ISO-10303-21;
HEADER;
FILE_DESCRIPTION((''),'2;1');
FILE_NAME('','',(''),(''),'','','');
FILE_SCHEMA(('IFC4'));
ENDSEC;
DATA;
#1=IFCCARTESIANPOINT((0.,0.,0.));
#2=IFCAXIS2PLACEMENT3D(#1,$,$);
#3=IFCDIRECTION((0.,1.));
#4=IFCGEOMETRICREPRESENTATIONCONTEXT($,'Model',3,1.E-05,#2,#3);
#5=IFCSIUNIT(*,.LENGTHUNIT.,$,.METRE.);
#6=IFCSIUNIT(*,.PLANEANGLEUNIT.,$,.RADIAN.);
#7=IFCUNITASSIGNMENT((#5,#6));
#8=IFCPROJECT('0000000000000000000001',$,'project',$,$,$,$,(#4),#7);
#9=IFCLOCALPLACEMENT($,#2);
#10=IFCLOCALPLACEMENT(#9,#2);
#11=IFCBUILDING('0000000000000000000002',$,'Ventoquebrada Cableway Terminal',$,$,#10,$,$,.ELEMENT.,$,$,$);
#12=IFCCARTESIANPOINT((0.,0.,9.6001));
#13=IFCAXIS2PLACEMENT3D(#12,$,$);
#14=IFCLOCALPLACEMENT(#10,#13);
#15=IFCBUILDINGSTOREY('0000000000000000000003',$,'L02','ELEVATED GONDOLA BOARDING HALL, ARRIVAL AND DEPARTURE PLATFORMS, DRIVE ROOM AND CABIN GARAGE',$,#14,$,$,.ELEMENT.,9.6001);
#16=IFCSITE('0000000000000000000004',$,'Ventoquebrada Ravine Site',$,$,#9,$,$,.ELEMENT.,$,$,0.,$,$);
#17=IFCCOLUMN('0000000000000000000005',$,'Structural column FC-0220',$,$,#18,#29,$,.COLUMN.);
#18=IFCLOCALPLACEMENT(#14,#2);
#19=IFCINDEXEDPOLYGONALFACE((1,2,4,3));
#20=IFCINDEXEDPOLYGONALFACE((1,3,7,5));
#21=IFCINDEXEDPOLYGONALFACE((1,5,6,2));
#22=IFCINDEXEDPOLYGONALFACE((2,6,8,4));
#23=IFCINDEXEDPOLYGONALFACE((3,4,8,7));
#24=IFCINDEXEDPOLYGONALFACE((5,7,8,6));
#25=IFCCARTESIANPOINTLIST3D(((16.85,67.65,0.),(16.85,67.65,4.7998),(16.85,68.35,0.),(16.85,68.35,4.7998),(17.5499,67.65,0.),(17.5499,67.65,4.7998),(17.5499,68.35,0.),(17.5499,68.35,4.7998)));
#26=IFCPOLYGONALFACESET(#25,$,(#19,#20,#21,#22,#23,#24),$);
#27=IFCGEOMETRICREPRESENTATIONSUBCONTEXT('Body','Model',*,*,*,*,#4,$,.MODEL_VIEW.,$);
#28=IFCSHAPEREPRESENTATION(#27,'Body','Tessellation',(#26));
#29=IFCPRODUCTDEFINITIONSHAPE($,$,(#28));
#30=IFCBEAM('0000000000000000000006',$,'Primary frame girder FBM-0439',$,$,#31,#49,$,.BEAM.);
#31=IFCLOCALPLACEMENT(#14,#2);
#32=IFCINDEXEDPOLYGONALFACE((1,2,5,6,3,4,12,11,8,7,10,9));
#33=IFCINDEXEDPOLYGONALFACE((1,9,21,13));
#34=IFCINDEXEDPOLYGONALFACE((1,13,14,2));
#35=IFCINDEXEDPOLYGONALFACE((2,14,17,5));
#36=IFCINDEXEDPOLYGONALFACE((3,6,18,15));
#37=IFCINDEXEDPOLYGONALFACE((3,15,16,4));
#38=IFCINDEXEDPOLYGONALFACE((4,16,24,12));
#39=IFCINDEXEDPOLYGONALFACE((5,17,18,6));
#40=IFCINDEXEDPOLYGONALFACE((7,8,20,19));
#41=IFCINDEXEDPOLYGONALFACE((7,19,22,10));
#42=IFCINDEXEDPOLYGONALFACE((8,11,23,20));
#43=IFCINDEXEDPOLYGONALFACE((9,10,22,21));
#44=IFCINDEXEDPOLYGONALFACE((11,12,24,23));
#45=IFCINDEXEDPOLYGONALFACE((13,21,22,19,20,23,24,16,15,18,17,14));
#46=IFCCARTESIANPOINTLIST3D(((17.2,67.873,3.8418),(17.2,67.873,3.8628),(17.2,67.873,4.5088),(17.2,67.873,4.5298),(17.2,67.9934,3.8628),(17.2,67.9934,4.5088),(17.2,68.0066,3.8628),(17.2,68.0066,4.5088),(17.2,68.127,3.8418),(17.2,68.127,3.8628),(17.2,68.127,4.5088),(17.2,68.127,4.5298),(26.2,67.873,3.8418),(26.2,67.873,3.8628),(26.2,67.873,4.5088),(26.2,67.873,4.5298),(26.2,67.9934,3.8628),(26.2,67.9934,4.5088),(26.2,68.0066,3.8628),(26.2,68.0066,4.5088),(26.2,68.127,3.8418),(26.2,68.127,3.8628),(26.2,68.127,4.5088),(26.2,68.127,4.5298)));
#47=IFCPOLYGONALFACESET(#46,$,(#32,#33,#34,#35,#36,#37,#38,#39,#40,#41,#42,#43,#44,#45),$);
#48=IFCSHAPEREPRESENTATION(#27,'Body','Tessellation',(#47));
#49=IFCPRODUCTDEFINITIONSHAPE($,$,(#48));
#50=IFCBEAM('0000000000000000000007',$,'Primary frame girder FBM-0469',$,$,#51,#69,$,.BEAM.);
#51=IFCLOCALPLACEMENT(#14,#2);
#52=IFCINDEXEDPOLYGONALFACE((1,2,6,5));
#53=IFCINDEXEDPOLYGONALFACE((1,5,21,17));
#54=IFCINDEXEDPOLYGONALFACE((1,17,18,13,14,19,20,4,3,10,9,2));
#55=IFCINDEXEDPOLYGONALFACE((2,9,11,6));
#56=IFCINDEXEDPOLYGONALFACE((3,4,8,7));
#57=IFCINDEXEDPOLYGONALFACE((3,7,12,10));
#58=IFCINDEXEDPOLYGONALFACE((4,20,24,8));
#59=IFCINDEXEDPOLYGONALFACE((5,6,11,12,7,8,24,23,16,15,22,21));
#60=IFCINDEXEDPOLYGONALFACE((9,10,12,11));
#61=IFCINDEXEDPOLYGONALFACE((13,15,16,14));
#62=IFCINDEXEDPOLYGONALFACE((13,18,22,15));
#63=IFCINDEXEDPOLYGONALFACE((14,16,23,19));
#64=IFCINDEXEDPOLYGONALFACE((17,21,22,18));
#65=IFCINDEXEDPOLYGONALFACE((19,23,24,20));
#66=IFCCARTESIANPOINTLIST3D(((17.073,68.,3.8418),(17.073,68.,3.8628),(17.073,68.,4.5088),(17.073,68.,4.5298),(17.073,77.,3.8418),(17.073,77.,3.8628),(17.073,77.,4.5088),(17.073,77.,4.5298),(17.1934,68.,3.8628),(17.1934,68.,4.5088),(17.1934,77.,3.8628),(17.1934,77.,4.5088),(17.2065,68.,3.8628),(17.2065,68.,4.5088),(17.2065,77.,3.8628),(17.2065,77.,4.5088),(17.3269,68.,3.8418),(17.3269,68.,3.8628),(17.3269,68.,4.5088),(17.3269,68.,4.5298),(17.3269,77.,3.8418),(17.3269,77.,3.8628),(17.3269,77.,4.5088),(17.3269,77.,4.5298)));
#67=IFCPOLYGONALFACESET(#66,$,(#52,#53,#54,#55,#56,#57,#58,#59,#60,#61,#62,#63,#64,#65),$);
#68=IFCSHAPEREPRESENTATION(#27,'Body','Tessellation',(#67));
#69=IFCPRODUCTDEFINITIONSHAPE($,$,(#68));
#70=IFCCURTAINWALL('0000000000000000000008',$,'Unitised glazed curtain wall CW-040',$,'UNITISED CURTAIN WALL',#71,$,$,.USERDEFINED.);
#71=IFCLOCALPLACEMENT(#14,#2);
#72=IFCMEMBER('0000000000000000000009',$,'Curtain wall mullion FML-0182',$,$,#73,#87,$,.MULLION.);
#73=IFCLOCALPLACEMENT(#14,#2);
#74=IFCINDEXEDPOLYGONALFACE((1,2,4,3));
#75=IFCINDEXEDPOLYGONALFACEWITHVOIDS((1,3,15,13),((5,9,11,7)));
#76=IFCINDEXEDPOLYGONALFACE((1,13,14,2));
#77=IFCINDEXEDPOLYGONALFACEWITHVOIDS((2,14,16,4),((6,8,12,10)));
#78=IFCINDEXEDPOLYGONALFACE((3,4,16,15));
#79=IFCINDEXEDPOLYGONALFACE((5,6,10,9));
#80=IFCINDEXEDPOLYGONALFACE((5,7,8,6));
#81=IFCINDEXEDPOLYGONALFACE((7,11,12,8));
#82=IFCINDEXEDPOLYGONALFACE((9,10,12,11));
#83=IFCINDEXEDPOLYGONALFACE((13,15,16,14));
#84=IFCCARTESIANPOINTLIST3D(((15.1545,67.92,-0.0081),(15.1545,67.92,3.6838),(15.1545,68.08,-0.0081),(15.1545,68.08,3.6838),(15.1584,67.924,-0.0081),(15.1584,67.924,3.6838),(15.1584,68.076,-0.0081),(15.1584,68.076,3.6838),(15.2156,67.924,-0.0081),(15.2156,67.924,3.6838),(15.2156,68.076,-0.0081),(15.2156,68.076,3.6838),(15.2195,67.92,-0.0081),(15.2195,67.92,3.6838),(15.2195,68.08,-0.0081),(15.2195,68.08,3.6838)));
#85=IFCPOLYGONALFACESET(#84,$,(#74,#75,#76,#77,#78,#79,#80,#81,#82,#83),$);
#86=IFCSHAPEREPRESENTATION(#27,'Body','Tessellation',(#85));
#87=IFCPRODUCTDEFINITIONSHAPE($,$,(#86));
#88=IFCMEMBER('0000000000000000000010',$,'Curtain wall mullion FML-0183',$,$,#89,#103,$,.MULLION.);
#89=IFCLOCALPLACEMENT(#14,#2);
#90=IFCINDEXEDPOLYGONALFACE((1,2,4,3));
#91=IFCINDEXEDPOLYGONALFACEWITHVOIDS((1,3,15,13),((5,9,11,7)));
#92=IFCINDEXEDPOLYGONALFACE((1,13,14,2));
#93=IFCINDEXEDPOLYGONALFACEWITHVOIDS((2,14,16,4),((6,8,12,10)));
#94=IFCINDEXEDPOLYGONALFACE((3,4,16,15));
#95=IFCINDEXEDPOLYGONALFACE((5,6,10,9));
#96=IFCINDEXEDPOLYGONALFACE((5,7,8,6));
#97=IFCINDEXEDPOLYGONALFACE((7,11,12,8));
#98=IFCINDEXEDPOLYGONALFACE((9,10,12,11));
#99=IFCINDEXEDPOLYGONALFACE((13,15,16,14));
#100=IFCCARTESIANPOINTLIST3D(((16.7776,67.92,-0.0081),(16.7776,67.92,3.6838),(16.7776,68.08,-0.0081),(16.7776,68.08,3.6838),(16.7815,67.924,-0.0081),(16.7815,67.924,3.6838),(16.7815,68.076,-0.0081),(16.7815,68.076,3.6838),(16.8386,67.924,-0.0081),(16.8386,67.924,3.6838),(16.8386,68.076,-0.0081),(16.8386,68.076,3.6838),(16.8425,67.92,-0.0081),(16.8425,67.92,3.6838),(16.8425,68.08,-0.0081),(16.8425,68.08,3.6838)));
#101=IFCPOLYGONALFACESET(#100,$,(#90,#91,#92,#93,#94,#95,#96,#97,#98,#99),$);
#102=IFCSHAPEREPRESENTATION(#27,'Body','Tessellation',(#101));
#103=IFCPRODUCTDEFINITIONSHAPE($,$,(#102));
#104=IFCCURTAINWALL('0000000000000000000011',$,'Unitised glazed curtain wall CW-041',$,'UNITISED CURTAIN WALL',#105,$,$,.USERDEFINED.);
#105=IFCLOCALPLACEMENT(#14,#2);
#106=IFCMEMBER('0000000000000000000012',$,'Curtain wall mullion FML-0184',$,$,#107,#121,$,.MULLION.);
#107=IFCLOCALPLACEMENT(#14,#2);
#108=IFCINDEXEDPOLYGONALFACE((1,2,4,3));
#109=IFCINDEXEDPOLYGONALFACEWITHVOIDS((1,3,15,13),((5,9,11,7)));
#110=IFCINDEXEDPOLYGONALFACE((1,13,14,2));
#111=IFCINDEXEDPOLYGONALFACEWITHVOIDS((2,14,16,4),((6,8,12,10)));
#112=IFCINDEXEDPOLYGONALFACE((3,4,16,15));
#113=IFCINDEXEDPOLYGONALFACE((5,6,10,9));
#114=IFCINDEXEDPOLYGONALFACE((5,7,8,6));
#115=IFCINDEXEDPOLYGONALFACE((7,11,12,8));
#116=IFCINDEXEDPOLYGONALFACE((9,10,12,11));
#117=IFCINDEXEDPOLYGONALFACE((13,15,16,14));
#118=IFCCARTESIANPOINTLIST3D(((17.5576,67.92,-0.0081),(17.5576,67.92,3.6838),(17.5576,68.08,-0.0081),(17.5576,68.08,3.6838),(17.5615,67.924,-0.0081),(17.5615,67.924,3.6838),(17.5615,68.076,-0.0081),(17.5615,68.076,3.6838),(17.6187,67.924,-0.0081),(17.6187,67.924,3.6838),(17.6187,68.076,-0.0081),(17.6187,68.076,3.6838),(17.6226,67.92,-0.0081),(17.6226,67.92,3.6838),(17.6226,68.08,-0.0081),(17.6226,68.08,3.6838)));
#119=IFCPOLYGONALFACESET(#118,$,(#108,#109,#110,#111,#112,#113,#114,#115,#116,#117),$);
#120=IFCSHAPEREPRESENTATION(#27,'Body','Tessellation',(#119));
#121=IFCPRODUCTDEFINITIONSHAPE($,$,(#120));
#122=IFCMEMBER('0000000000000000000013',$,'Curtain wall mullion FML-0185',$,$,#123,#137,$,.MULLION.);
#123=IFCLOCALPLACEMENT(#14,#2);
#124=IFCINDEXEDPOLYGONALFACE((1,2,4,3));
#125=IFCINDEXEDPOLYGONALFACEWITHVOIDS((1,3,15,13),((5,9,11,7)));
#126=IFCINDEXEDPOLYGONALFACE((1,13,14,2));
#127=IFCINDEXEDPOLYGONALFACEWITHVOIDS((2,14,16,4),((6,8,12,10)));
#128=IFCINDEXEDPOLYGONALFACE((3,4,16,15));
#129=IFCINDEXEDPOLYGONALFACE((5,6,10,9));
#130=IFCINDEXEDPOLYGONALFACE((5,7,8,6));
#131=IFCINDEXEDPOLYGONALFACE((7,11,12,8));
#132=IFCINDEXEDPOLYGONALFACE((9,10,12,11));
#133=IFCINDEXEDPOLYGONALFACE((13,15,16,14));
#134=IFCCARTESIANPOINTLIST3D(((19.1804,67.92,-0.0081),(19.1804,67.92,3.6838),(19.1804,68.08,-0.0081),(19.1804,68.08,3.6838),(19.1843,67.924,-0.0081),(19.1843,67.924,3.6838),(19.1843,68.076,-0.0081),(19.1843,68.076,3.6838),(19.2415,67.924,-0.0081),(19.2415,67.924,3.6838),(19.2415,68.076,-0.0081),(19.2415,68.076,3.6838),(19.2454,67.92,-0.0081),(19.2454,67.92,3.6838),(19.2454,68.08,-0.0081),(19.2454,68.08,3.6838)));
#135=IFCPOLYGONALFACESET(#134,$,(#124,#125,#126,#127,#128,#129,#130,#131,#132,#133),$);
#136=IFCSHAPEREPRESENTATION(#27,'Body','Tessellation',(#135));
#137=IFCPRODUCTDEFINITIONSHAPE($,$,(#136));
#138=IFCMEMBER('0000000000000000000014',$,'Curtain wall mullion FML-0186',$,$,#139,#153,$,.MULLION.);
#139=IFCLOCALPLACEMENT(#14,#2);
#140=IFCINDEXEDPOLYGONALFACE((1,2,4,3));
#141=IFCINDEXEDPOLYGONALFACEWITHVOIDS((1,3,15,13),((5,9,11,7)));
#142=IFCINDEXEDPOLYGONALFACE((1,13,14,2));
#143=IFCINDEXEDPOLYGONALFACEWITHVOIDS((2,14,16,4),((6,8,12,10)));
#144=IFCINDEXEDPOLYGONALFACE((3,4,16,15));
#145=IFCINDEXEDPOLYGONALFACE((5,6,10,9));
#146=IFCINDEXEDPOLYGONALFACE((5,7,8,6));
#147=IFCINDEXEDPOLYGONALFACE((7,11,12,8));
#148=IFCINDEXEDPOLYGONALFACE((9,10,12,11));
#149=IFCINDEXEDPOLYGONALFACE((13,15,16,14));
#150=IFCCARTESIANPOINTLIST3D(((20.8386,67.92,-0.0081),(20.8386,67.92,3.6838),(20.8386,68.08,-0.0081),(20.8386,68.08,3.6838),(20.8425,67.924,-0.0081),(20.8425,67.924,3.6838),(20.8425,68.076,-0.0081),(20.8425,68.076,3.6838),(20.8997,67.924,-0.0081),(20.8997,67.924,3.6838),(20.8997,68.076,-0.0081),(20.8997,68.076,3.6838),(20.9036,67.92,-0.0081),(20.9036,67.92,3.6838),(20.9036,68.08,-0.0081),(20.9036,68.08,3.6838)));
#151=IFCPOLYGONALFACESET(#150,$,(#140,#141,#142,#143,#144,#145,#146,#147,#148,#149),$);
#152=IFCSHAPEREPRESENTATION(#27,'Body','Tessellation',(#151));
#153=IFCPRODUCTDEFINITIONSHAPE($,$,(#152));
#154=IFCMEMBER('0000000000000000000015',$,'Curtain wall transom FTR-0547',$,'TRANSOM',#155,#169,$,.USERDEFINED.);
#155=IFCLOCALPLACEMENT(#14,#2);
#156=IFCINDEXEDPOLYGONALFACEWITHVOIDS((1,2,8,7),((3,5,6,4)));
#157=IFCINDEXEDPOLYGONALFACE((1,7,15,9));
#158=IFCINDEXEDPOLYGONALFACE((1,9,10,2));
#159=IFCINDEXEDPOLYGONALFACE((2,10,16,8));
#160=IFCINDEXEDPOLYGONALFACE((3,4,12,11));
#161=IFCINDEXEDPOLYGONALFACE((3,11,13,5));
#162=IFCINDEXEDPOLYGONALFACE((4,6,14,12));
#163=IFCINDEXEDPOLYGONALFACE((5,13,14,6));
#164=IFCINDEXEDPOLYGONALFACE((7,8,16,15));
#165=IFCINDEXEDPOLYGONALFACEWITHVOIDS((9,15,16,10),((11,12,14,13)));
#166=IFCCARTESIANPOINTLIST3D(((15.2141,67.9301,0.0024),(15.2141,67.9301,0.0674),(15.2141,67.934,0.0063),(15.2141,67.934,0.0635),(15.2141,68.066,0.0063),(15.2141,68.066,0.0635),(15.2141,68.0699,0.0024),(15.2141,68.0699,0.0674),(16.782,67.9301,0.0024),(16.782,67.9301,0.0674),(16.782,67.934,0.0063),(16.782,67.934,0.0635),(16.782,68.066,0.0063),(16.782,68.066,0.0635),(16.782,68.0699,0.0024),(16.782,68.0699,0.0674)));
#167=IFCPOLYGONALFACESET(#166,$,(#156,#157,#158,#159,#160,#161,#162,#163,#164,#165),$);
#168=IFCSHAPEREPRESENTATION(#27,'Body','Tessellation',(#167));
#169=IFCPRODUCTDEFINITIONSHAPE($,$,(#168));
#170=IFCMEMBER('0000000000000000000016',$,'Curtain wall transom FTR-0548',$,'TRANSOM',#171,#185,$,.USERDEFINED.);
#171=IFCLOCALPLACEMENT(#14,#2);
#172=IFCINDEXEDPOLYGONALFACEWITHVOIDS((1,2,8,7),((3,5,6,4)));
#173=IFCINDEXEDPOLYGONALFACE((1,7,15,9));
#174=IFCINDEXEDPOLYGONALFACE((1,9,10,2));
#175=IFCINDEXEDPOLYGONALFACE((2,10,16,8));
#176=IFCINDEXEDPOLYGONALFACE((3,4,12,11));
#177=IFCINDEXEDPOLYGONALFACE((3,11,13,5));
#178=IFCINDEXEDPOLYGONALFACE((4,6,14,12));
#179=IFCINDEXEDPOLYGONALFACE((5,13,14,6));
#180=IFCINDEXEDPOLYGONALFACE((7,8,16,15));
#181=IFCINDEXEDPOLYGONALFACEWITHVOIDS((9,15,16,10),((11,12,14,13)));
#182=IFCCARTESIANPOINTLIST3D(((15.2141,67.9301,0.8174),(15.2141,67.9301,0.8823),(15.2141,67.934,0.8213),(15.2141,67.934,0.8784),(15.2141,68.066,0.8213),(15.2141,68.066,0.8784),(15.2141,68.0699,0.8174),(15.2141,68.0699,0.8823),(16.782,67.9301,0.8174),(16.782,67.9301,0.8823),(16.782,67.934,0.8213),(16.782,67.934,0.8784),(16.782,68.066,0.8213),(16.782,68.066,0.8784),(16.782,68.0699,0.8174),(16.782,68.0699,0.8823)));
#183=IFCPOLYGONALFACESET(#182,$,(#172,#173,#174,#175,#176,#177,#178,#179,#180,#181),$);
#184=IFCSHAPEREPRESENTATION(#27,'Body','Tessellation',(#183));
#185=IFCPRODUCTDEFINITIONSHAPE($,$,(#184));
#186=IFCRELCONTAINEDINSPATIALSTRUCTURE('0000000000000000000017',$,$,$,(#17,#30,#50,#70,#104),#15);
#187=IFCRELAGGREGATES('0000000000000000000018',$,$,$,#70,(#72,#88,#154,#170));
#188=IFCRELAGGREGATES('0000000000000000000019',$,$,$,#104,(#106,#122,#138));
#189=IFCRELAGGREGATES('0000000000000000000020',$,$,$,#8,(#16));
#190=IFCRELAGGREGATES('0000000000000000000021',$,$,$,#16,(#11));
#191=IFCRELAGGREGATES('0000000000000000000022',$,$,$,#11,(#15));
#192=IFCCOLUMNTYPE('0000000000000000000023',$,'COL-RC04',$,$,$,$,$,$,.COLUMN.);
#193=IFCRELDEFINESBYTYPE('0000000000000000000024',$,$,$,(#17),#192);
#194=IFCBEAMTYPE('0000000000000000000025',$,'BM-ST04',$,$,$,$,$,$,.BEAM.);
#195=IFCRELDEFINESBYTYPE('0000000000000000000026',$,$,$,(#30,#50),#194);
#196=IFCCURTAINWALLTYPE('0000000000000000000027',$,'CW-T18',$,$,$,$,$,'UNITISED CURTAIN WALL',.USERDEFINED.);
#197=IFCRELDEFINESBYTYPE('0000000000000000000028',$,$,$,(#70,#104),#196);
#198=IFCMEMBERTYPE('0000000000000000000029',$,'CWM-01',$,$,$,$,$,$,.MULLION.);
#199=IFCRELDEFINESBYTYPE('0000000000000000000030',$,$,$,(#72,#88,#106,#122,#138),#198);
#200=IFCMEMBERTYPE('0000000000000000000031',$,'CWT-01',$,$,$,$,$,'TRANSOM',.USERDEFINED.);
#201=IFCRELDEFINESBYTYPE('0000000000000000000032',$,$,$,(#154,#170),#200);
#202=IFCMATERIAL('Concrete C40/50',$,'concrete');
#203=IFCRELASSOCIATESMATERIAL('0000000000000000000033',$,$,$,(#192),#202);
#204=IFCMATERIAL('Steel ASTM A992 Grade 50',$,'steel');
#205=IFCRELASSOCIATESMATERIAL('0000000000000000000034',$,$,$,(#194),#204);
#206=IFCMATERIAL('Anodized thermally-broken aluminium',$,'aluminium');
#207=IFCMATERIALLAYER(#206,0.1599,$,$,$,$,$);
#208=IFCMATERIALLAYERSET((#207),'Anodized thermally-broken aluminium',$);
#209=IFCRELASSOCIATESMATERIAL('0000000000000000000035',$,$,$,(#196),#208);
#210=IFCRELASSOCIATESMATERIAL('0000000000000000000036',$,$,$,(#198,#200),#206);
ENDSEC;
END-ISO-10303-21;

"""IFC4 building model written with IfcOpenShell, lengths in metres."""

from ifc_helpers import new_model, si_unit, direction, frame, origin, origin_2d, place, context, subcontext, project, spatial, rectangle, hollow_rectangle, i_section, extrude, material, layer, layer_set, material_profile, profile_set, type_object, element, aggregate, save


model = new_model("IFC4")

# Units and contexts
model_context = context("Model", 3, precision=1e-05, world=origin(), true_north=direction((0.0, 1.0)))
body_context = subcontext(model_context, "Body", "Model", "MODEL_VIEW")
ifc_project = project(units=[si_unit("LENGTHUNIT", "METRE"), si_unit("PLANEANGLEUNIT", "RADIAN")], contexts=[model_context])

# Site, building, storey
site_placement = place(None, origin())
site = spatial("IfcSite", under=ifc_project, at=site_placement, Name="Ventoquebrada Ravine Site", CompositionType="ELEMENT", RefElevation=0.0)
building_placement = place(site_placement, origin())
building = spatial("IfcBuilding", under=site, at=building_placement, Name="Ventoquebrada Cableway Terminal", CompositionType="ELEMENT")
storey_placement = place(building_placement, frame((0.0, 0.0, 9.6001)))
storey = spatial("IfcBuildingStorey", under=building, at=storey_placement, Name="L02", Description="ELEVATED GONDOLA BOARDING HALL, ARRIVAL AND DEPARTURE PLATFORMS, DRIVE ROOM AND CABIN GARAGE", CompositionType="ELEMENT", Elevation=9.6001)

# Column
ifc_material_1 = material(Name="Concrete C40/50", Category="concrete")
ifc_material_profile_1 = material_profile(ifc_material_1, rectangle(XDim=0.7, YDim=0.7, at=origin_2d()), Name="RC-COL-700X700")
ifc_profile_set_1 = profile_set([ifc_material_profile_1], Name="Concrete C40/50")
column_type = type_object("IfcColumnType", Name="COL-RC04", PredefinedType="COLUMN", material=ifc_profile_set_1)
column_placement = place(storey_placement, frame((17.2, 68.0, 0.0), z_axis=(0.0, 0.0, 1.0), x_axis=(1.0, 0.0, 0.0)))
element("IfcColumn", 1, at=column_placement, inside=storey, type_object=column_type, Name="Structural column FC-0220", PredefinedType="COLUMN", context=body_context, shape_type="SweptSolid", body=[
    extrude(rectangle(XDim=0.7, YDim=0.7, at=origin_2d()), origin(), (0.0, 0.0, 1.0), 4.7998),
])

# Beams
ifc_material_2 = material(Name="Steel ASTM A992 Grade 50", Category="steel")
ifc_material_profile_2 = material_profile(ifc_material_2, i_section(OverallWidth=0.2539, OverallDepth=0.688, WebThickness=0.0132, FlangeThickness=0.021, at=origin_2d()), Name="W27X102")
ifc_profile_set_2 = profile_set([ifc_material_profile_2], Name="Steel ASTM A992 Grade 50")
beam_type = type_object("IfcBeamType", Name="BM-ST04", PredefinedType="BEAM", material=ifc_profile_set_2)
for number, where, z_axis, x_axis, name in (
    (2, (17.2, 68.0, 4.1858), (1.0, 0.0, 0.0), (0.0, 1.0, 0.0), "Primary frame girder FBM-0439"),
    (3, (17.2, 68.0, 4.1858), (0.0, 1.0, 0.0), (-1.0, 0.0, 0.0), "Primary frame girder FBM-0469"),
):
    element("IfcBeam", number, at=place(storey_placement, frame(where, z_axis=z_axis, x_axis=x_axis)), inside=storey, type_object=beam_type, Name=name, PredefinedType="BEAM", context=body_context, shape_type="SweptSolid", body=[
        extrude(i_section(OverallWidth=0.2539, OverallDepth=0.688, WebThickness=0.0132, FlangeThickness=0.021, at=origin_2d()), origin(), (0.0, 0.0, 1.0), 9.0),
    ])

# Curtain walls, members
ifc_material_3 = material(Name="Anodized thermally-broken aluminium", Category="aluminium")
ifc_layer_1 = layer(ifc_material_3, 0.1599)
ifc_layer_set_1 = layer_set([ifc_layer_1], Name="Anodized thermally-broken aluminium")
curtain_wall_type = type_object("IfcCurtainWallType", Name="CW-T18", ElementType="UNITISED CURTAIN WALL", PredefinedType="USERDEFINED", material=ifc_layer_set_1)
curtain_wall_1_placement = place(storey_placement, origin())
curtain_wall_1 = element("IfcCurtainWall", 4, at=curtain_wall_1_placement, inside=storey, type_object=curtain_wall_type, Name="Unitised glazed curtain wall CW-040", ObjectType="UNITISED CURTAIN WALL", PredefinedType="USERDEFINED")
ifc_material_profile_3 = material_profile(ifc_material_3, hollow_rectangle(XDim=0.0649, YDim=0.1599, WallThickness=0.0039, at=origin_2d()), Name="CW-MUL-65X160")
ifc_profile_set_3 = profile_set([ifc_material_profile_3], Name="Anodized thermally-broken aluminium")
member_type_1 = type_object("IfcMemberType", Name="CWM-01", PredefinedType="MULLION", material=ifc_profile_set_3)
member_1_placement = place(storey_placement, frame((15.187, 68.0, -0.0081), z_axis=(0.0, 0.0, 1.0), x_axis=(1.0, 0.0, 0.0)))
member_1 = element("IfcMember", 5, at=member_1_placement, type_object=member_type_1, Name="Curtain wall mullion FML-0182", PredefinedType="MULLION", context=body_context, shape_type="SweptSolid", body=[
    extrude(hollow_rectangle(XDim=0.0649, YDim=0.1599, WallThickness=0.0039, at=origin_2d()), origin(), (0.0, 0.0, 1.0), 3.6919),
])
member_2_placement = place(storey_placement, frame((16.8101, 68.0, -0.0081), z_axis=(0.0, 0.0, 1.0), x_axis=(1.0, 0.0, 0.0)))
member_2 = element("IfcMember", 6, at=member_2_placement, type_object=member_type_1, Name="Curtain wall mullion FML-0183", PredefinedType="MULLION", context=body_context, shape_type="SweptSolid", body=[
    extrude(hollow_rectangle(XDim=0.0649, YDim=0.1599, WallThickness=0.0039, at=origin_2d()), origin(), (0.0, 0.0, 1.0), 3.6919),
])
curtain_wall_2_placement = place(storey_placement, origin())
curtain_wall_2 = element("IfcCurtainWall", 7, at=curtain_wall_2_placement, inside=storey, type_object=curtain_wall_type, Name="Unitised glazed curtain wall CW-041", ObjectType="UNITISED CURTAIN WALL", PredefinedType="USERDEFINED")
member_3_placement = place(storey_placement, frame((17.5901, 68.0, -0.0081), z_axis=(0.0, 0.0, 1.0), x_axis=(1.0, 0.0, 0.0)))
member_3 = element("IfcMember", 8, at=member_3_placement, type_object=member_type_1, Name="Curtain wall mullion FML-0184", PredefinedType="MULLION", context=body_context, shape_type="SweptSolid", body=[
    extrude(hollow_rectangle(XDim=0.0649, YDim=0.1599, WallThickness=0.0039, at=origin_2d()), origin(), (0.0, 0.0, 1.0), 3.6919),
])
member_4_placement = place(storey_placement, frame((19.2129, 68.0, -0.0081), z_axis=(0.0, 0.0, 1.0), x_axis=(1.0, 0.0, 0.0)))
member_4 = element("IfcMember", 9, at=member_4_placement, type_object=member_type_1, Name="Curtain wall mullion FML-0185", PredefinedType="MULLION", context=body_context, shape_type="SweptSolid", body=[
    extrude(hollow_rectangle(XDim=0.0649, YDim=0.1599, WallThickness=0.0039, at=origin_2d()), origin(), (0.0, 0.0, 1.0), 3.6919),
])
member_5_placement = place(storey_placement, frame((20.8711, 68.0, -0.0081), z_axis=(0.0, 0.0, 1.0), x_axis=(1.0, 0.0, 0.0)))
member_5 = element("IfcMember", 10, at=member_5_placement, type_object=member_type_1, Name="Curtain wall mullion FML-0186", PredefinedType="MULLION", context=body_context, shape_type="SweptSolid", body=[
    extrude(hollow_rectangle(XDim=0.0649, YDim=0.1599, WallThickness=0.0039, at=origin_2d()), origin(), (0.0, 0.0, 1.0), 3.6919),
])

# Members
ifc_material_profile_4 = material_profile(ifc_material_3, hollow_rectangle(XDim=0.0649, YDim=0.1399, WallThickness=0.0039, at=origin_2d()), Name="CW-TRN-65X140")
ifc_profile_set_4 = profile_set([ifc_material_profile_4], Name="Anodized thermally-broken aluminium")
member_type_2 = type_object("IfcMemberType", Name="CWT-01", ElementType="TRANSOM", PredefinedType="USERDEFINED", material=ifc_profile_set_4)
member_6_placement = place(storey_placement, frame((15.2141, 68.0, 0.0349), z_axis=(1.0, 0.0, 0.0), x_axis=(0.0, 0.0, 1.0)))
member_6 = element("IfcMember", 11, at=member_6_placement, type_object=member_type_2, Name="Curtain wall transom FTR-0547", ObjectType="TRANSOM", PredefinedType="USERDEFINED", context=body_context, shape_type="SweptSolid", body=[
    extrude(hollow_rectangle(XDim=0.0649, YDim=0.1399, WallThickness=0.0039, at=origin_2d()), origin(), (0.0, 0.0, 1.0), 1.5679),
])
member_7_placement = place(storey_placement, frame((15.2141, 68.0, 0.8499), z_axis=(1.0, 0.0, 0.0), x_axis=(0.0, 0.0, 1.0)))
member_7 = element("IfcMember", 12, at=member_7_placement, type_object=member_type_2, Name="Curtain wall transom FTR-0548", ObjectType="TRANSOM", PredefinedType="USERDEFINED", context=body_context, shape_type="SweptSolid", body=[
    extrude(hollow_rectangle(XDim=0.0649, YDim=0.1399, WallThickness=0.0039, at=origin_2d()), origin(), (0.0, 0.0, 1.0), 1.5679),
])

aggregate(curtain_wall_1, [member_1, member_2, member_6, member_7])
aggregate(curtain_wall_2, [member_3, member_4, member_5])

save(model, "model.ifc")
